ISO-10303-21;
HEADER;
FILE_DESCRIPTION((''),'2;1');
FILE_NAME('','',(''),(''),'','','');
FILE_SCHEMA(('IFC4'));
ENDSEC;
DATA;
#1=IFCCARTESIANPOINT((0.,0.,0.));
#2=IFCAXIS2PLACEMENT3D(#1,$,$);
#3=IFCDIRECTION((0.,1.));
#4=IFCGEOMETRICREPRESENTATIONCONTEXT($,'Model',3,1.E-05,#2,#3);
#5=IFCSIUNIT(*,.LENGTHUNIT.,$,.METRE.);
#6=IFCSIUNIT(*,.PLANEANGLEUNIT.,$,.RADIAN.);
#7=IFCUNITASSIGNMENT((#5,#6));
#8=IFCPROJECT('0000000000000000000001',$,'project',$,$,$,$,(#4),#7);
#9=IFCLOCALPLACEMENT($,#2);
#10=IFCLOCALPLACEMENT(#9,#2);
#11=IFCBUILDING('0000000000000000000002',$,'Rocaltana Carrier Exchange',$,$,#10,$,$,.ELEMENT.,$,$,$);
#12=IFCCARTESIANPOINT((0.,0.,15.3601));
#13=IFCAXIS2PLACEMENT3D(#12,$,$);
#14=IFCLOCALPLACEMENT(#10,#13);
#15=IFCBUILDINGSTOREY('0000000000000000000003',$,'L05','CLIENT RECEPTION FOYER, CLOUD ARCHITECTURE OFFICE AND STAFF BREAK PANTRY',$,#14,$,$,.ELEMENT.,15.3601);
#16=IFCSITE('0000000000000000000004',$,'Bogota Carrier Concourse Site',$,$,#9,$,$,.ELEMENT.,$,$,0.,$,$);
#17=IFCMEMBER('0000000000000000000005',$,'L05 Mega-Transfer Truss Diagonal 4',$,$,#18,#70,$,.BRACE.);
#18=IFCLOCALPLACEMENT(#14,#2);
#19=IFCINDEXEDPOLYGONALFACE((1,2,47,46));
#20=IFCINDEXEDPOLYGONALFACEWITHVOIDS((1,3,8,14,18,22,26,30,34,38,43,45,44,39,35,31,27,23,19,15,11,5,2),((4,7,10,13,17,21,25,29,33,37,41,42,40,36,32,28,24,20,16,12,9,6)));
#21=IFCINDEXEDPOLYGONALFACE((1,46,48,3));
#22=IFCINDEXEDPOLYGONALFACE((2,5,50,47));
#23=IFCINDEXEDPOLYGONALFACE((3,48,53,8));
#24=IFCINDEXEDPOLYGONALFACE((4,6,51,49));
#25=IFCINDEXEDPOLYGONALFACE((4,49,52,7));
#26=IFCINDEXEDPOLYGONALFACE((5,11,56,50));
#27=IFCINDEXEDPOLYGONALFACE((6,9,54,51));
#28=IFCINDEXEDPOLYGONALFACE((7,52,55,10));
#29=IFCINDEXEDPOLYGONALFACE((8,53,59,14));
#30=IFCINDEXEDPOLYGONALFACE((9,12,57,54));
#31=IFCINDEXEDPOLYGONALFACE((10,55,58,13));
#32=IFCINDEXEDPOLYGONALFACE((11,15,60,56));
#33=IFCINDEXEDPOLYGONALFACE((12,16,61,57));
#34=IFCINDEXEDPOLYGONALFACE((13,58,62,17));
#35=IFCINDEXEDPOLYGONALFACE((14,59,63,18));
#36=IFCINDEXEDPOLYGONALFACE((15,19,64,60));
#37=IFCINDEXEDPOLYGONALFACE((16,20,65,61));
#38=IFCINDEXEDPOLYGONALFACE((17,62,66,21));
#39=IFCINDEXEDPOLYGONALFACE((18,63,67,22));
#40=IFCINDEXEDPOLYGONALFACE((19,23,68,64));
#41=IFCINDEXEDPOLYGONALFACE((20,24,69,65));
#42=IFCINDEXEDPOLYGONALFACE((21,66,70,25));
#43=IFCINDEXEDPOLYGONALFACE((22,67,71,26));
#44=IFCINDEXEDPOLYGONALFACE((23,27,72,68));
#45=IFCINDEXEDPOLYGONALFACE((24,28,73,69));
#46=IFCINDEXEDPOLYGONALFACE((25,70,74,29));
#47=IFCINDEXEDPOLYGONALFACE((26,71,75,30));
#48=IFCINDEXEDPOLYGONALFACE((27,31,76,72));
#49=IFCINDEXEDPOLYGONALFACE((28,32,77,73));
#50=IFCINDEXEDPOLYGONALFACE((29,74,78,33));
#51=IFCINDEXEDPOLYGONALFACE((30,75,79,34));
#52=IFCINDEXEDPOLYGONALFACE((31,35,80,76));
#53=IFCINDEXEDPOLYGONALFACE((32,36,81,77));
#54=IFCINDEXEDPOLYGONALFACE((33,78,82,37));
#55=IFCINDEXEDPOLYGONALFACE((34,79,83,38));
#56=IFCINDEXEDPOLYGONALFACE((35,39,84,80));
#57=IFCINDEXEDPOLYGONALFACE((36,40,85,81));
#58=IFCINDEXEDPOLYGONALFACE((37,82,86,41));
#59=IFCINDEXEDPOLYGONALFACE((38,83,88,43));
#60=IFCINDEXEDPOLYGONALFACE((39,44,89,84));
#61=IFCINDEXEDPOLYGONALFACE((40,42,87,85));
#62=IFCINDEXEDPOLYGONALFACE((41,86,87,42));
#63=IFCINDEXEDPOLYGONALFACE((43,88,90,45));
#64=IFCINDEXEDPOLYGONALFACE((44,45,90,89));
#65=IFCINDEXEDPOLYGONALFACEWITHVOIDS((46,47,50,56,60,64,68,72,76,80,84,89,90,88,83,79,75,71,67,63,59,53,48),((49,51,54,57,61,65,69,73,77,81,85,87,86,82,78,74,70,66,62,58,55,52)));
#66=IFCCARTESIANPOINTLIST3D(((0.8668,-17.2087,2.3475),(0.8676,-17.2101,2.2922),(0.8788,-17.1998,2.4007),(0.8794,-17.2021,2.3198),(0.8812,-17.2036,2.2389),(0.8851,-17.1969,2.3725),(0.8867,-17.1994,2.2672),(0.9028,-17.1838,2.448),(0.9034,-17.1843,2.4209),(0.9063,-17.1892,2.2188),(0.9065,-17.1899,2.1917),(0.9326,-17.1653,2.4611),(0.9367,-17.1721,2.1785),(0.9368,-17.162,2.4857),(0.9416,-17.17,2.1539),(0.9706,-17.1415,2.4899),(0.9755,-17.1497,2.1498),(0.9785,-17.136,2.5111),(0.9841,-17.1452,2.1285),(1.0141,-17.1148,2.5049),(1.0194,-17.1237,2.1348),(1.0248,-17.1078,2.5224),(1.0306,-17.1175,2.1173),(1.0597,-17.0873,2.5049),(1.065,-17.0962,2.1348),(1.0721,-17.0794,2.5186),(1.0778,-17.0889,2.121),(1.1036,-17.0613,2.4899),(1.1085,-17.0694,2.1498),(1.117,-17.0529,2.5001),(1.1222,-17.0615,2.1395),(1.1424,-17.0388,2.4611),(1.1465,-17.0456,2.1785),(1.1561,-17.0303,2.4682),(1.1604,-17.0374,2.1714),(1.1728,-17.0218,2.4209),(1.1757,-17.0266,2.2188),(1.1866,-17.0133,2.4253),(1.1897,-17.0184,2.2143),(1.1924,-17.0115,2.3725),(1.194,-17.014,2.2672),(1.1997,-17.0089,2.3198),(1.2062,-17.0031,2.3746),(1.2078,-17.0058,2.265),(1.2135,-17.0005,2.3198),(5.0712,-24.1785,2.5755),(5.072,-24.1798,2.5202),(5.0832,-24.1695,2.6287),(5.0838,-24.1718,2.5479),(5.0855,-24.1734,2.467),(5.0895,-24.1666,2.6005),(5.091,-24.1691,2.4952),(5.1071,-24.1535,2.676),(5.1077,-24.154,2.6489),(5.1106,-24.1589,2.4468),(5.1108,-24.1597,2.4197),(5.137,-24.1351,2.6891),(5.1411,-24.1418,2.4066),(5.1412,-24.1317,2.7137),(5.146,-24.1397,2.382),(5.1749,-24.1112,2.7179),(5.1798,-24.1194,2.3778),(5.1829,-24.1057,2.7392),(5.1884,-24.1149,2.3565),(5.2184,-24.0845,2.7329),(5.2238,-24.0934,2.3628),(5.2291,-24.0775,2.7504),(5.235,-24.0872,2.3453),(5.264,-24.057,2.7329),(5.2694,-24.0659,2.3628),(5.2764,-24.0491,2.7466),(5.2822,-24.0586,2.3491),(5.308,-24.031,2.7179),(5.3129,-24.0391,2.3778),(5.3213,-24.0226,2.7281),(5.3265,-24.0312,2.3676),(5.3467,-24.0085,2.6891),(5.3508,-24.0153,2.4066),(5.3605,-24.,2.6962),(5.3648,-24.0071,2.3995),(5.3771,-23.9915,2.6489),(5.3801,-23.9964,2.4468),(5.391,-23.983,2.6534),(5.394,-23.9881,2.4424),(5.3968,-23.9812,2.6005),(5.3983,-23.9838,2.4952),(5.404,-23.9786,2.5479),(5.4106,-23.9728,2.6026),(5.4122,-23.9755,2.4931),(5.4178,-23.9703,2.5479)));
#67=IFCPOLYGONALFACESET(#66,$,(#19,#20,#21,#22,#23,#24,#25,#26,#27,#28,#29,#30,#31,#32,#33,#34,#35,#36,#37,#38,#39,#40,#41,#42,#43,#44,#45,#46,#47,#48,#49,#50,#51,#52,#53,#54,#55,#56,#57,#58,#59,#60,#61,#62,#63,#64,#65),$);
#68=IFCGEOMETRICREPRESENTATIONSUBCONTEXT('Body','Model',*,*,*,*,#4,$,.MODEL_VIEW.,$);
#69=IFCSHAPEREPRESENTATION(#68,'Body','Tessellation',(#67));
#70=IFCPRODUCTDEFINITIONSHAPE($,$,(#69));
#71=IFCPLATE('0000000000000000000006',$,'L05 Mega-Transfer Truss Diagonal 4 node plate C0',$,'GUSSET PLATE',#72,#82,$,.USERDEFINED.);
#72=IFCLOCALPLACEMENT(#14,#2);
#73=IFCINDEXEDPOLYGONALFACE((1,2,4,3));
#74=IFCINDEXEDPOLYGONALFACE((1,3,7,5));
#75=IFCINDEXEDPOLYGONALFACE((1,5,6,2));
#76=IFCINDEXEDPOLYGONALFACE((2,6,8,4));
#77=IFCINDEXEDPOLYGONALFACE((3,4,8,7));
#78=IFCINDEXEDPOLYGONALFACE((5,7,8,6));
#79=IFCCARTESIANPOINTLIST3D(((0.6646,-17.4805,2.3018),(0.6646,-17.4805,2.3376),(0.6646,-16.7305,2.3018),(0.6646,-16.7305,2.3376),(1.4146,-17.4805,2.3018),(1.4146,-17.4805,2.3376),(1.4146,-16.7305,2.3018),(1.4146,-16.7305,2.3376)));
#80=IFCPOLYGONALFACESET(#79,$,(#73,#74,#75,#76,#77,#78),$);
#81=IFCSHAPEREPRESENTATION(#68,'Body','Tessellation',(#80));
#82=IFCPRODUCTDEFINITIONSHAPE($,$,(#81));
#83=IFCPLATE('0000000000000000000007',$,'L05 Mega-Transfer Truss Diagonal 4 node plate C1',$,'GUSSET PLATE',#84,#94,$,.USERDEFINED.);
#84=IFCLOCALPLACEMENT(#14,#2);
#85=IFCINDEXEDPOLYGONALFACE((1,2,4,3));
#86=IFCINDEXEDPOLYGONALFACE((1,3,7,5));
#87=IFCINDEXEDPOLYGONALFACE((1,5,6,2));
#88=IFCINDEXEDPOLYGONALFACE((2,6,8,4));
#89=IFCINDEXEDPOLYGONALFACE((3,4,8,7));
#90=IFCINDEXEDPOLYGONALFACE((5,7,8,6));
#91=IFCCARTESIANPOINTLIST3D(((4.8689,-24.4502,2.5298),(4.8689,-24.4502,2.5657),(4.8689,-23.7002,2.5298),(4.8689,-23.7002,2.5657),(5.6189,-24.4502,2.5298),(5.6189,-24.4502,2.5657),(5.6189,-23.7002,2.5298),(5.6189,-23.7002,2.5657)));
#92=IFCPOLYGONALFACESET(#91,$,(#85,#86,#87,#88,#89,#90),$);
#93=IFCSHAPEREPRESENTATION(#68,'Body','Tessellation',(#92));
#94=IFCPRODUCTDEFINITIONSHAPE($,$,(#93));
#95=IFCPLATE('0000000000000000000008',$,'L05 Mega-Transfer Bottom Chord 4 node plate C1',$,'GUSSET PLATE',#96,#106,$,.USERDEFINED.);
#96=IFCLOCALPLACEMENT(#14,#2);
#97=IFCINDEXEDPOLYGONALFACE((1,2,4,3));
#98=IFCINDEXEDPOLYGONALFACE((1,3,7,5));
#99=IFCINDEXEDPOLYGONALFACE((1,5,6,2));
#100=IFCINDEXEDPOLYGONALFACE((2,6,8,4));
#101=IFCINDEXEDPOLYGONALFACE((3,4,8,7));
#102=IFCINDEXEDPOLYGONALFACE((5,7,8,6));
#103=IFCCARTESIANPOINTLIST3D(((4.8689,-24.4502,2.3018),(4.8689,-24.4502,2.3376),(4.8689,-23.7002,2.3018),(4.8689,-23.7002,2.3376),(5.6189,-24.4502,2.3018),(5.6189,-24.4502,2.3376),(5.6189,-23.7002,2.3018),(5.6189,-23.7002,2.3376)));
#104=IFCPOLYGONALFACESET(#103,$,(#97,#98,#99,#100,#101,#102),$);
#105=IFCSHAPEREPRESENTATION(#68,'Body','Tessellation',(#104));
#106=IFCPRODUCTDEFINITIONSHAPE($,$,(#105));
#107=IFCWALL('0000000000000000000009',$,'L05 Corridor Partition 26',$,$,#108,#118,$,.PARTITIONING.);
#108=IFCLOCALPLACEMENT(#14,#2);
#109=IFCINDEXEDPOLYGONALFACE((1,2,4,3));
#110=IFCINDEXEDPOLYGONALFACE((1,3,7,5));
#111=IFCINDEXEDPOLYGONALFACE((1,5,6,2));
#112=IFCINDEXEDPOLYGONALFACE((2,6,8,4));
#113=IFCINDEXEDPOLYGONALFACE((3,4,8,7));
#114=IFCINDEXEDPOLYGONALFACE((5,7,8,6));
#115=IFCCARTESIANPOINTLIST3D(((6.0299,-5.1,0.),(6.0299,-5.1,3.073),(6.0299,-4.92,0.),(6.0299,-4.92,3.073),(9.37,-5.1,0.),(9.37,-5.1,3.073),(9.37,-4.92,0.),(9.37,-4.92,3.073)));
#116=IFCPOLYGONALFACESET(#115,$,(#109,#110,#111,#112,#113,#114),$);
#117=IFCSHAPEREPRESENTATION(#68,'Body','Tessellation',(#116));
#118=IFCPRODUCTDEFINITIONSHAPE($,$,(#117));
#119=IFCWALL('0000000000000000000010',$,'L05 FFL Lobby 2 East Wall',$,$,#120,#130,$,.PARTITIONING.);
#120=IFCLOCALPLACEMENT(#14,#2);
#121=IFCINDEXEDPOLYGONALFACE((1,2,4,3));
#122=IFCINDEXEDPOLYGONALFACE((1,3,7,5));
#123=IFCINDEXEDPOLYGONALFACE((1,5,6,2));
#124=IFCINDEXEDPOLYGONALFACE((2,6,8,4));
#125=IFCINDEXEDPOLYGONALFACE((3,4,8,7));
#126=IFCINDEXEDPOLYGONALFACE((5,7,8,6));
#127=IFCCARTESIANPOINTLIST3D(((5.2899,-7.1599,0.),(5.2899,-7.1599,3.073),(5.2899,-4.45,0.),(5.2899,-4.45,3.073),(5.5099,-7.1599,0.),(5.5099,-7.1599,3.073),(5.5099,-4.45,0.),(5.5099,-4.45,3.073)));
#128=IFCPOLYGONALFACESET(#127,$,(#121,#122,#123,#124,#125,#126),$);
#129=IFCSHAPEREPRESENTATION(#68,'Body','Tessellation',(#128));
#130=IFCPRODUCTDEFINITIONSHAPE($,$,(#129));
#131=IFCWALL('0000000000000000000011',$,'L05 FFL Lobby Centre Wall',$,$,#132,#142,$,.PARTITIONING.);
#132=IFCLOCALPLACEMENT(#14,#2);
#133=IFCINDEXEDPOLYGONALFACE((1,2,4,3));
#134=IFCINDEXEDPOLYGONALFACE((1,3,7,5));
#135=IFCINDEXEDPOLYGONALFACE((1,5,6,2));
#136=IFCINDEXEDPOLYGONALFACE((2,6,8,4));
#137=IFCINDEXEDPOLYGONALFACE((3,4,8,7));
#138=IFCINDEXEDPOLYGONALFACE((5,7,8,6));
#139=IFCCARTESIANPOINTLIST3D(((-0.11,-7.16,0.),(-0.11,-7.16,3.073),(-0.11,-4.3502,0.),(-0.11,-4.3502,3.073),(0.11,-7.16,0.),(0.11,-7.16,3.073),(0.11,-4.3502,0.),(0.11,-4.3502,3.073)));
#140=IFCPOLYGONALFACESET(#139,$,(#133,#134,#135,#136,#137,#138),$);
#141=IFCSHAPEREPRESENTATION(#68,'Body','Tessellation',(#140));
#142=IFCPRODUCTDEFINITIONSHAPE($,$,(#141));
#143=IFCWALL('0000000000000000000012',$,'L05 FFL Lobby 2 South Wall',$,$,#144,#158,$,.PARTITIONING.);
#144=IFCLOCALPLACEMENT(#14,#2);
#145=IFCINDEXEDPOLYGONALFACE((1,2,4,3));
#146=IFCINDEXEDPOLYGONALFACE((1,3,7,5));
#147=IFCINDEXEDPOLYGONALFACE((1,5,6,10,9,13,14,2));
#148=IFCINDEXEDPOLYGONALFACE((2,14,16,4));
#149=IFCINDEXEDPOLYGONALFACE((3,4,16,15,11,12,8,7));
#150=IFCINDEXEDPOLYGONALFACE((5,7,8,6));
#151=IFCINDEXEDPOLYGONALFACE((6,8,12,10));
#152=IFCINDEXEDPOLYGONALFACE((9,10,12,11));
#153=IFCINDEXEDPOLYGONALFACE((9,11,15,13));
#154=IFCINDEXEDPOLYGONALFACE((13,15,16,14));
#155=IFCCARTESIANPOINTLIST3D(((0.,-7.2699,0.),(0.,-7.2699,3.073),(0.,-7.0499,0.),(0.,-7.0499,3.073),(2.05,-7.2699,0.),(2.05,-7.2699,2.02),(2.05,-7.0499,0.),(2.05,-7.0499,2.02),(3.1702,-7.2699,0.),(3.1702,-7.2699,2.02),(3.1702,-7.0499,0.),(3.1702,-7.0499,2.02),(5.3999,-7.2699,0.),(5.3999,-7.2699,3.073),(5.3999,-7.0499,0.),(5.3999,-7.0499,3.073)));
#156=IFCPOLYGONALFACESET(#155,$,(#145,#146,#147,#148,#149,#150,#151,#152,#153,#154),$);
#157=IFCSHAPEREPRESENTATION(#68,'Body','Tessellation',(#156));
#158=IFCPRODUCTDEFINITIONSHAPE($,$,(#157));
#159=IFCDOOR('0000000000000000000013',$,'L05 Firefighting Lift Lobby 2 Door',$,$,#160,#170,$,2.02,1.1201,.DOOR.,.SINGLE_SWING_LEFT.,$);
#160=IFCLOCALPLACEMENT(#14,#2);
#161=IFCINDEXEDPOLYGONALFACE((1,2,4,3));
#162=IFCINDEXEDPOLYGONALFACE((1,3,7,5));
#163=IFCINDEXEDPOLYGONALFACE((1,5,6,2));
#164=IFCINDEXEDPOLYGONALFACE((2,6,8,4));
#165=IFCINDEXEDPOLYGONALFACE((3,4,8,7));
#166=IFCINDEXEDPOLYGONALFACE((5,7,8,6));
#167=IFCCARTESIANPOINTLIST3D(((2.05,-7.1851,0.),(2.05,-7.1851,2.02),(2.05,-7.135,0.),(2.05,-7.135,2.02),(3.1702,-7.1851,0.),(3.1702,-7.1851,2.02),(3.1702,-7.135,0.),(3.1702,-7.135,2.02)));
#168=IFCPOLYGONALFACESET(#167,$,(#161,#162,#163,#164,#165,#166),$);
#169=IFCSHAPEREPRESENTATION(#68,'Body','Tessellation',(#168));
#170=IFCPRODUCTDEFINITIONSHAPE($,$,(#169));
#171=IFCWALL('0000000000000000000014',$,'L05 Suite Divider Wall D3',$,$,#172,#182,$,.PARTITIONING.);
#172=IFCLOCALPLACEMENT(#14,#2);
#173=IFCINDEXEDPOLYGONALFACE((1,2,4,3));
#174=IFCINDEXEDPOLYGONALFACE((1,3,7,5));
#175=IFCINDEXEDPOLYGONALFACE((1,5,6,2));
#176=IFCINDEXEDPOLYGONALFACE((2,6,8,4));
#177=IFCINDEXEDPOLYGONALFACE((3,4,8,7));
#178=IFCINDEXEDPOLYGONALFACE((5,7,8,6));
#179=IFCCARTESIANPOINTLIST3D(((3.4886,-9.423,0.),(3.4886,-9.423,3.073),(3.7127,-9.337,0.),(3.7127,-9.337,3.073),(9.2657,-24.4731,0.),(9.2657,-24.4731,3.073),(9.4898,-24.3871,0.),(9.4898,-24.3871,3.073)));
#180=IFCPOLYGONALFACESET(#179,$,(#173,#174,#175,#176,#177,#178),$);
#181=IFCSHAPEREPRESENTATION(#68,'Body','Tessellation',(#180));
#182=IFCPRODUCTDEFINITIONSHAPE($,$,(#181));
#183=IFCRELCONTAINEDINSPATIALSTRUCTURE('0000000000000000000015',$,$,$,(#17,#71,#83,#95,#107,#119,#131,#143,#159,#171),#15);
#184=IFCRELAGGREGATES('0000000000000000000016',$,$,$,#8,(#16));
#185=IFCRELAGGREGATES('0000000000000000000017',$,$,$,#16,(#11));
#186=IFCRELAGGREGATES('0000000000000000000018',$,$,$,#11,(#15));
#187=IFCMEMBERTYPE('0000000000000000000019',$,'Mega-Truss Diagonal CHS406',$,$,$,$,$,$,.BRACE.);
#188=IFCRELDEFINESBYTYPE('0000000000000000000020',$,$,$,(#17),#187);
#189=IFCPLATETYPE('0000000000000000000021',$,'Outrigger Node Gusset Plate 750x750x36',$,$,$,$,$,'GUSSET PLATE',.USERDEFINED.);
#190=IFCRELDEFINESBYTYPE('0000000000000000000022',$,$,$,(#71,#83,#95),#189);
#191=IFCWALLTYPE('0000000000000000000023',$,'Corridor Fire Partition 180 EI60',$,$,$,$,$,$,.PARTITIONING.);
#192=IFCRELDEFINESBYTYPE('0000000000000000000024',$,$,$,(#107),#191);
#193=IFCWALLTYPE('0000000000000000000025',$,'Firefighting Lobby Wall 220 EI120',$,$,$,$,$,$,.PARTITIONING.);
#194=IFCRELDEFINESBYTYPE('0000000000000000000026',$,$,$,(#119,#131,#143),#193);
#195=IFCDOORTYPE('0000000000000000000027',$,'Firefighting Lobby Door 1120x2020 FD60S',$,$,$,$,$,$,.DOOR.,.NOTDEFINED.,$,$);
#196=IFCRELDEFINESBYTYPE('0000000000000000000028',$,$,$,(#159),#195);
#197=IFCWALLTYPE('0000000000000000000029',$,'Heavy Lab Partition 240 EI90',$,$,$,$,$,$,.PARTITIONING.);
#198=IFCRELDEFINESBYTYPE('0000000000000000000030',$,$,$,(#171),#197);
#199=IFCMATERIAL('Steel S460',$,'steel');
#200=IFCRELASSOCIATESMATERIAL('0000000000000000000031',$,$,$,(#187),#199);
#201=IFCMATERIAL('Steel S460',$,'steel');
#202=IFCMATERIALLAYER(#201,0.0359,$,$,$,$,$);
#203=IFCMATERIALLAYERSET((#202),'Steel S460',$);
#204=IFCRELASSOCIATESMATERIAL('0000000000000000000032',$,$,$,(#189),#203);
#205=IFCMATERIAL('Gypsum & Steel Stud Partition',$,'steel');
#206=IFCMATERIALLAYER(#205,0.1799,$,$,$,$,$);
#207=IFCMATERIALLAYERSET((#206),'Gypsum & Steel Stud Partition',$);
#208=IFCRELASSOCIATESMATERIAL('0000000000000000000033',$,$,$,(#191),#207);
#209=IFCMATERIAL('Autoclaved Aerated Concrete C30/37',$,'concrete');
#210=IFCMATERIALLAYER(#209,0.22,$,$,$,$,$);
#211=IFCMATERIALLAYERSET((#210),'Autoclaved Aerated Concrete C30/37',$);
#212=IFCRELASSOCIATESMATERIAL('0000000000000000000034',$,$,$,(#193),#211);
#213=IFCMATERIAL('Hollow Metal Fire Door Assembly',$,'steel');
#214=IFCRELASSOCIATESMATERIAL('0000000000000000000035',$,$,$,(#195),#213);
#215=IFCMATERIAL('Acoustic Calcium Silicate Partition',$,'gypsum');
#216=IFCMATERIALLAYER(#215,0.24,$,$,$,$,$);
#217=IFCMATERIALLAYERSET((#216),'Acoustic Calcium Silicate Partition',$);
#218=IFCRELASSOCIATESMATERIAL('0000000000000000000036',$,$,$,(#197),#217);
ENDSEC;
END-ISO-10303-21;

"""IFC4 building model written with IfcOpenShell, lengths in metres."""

from ifc_helpers import new_model, si_unit, direction, frame, frame_2d, origin, origin_2d, place, context, subcontext, project, spatial, rectangle, hollow_circle, extrude, material, layer, layer_set, material_profile, profile_set, type_object, element, fill, save


model = new_model("IFC4")

# Units and contexts
model_context = context("Model", 3, precision=1e-05, world=origin(), true_north=direction((0.0, 1.0)))
body_context = subcontext(model_context, "Body", "Model", "MODEL_VIEW")
ifc_project = project(units=[si_unit("LENGTHUNIT", "METRE"), si_unit("PLANEANGLEUNIT", "RADIAN")], contexts=[model_context])

# Site, building, storey
site_placement = place(None, origin())
site = spatial("IfcSite", under=ifc_project, at=site_placement, Name="Bogota Carrier Concourse Site", CompositionType="ELEMENT", RefElevation=0.0)
building_placement = place(site_placement, origin())
building = spatial("IfcBuilding", under=site, at=building_placement, Name="Rocaltana Carrier Exchange", CompositionType="ELEMENT")
storey_placement = place(building_placement, frame((0.0, 0.0, 15.3601)))
storey = spatial("IfcBuildingStorey", under=building, at=storey_placement, Name="L05", Description="CLIENT RECEPTION FOYER, CLOUD ARCHITECTURE OFFICE AND STAFF BREAK PANTRY", CompositionType="ELEMENT", Elevation=15.3601)

# Member
ifc_material_1 = material(Name="Steel S460", Category="steel")
ifc_material_profile_1 = material_profile(ifc_material_1, hollow_circle(Radius=0.2031, WallThickness=0.0161, at=origin_2d()), Name="CHS406.4X16")
ifc_profile_set_1 = profile_set([ifc_material_profile_1], Name="Steel S460")
member_type_1 = type_object("IfcMemberType", Name="Mega-Truss Diagonal CHS406", PredefinedType="BRACE", material=ifc_profile_set_1)
member_1_placement = place(storey_placement, frame((1.0396, -17.1055, 2.3198), z_axis=(0.516325, -0.855935, 0.028003), x_axis=(0.85627, 0.516528, 0.0)))
element("IfcMember", 1, at=member_1_placement, inside=storey, type_object=member_type_1, Name="L05 Mega-Transfer Truss Diagonal 4", PredefinedType="BRACE", context=body_context, shape_type="SweptSolid", body=[
    extrude(hollow_circle(Radius=0.2031, WallThickness=0.0161, at=origin_2d()), origin(), (0.0, 0.0, 1.0), 8.1428),
])

# Plates
ifc_material_2 = material(Name="Steel S460", Category="steel")
ifc_layer_1 = layer(ifc_material_2, 0.0359)
ifc_layer_set_1 = layer_set([ifc_layer_1], Name="Steel S460")
plate_type = type_object("IfcPlateType", Name="Outrigger Node Gusset Plate 750x750x36", ElementType="GUSSET PLATE", PredefinedType="USERDEFINED", material=ifc_layer_set_1)
for number, where, z_axis, x_axis, name in (
    (2, (1.0396, -17.1055, 2.3018), (0.0, 0.0, 1.0), (1.0, 0.0, 0.0), "L05 Mega-Transfer Truss Diagonal 4 node plate C0"),
    (3, (5.2439, -24.0752, 2.5298), (0.0, 0.0, 1.0), (1.0, 0.0, 0.0), "L05 Mega-Transfer Truss Diagonal 4 node plate C1"),
    (4, (5.2439, -24.0752, 2.3018), (0.0, 0.0, 1.0), (1.0, 0.0, 0.0), "L05 Mega-Transfer Bottom Chord 4 node plate C1"),
):
    element("IfcPlate", number, at=place(storey_placement, frame(where, z_axis=z_axis, x_axis=x_axis)), inside=storey, type_object=plate_type, Name=name, ObjectType="GUSSET PLATE", PredefinedType="USERDEFINED", context=body_context, shape_type="SweptSolid", body=[
        extrude(rectangle(XDim=0.75, YDim=0.75, at=origin_2d()), origin(), (0.0, 0.0, 1.0), 0.0359),
    ])

# Walls
ifc_material_3 = material(Name="Gypsum & Steel Stud Partition", Category="steel")
ifc_layer_2 = layer(ifc_material_3, 0.1799)
ifc_layer_set_2 = layer_set([ifc_layer_2], Name="Gypsum & Steel Stud Partition")
wall_type_1 = type_object("IfcWallType", Name="Corridor Fire Partition 180 EI60", PredefinedType="PARTITIONING", material=ifc_layer_set_2)
wall_1_placement = place(storey_placement, frame((6.03, -5.01, 0.0), z_axis=(0.0, 0.0, 1.0), x_axis=(1.0, 0.0, 0.0)))
element("IfcWall", 5, at=wall_1_placement, inside=storey, type_object=wall_type_1, Name="L05 Corridor Partition 26", PredefinedType="PARTITIONING", context=body_context, shape_type="SweptSolid", body=[
    extrude(rectangle(XDim=3.3401, YDim=0.1799, at=frame_2d((1.6699, 0.0))), origin(), (0.0, 0.0, 1.0), 3.073),
])
ifc_material_4 = material(Name="Autoclaved Aerated Concrete C30/37", Category="concrete")
ifc_layer_3 = layer(ifc_material_4, 0.22)
ifc_layer_set_3 = layer_set([ifc_layer_3], Name="Autoclaved Aerated Concrete C30/37")
wall_type_2 = type_object("IfcWallType", Name="Firefighting Lobby Wall 220 EI120", PredefinedType="PARTITIONING", material=ifc_layer_set_3)
wall_2_placement = place(storey_placement, frame((5.3999, -7.1599, 0.0), z_axis=(0.0, 0.0, 1.0), x_axis=(0.0, 1.0, 0.0)))
element("IfcWall", 6, at=wall_2_placement, inside=storey, type_object=wall_type_2, Name="L05 FFL Lobby 2 East Wall", PredefinedType="PARTITIONING", context=body_context, shape_type="SweptSolid", body=[
    extrude(rectangle(XDim=2.71, YDim=0.22, at=frame_2d((1.355, 0.0))), origin(), (0.0, 0.0, 1.0), 3.073),
])
wall_3_placement = place(storey_placement, frame((0.0, -7.1599, 0.0), z_axis=(0.0, 0.0, 1.0), x_axis=(0.0, 1.0, 0.0)))
element("IfcWall", 7, at=wall_3_placement, inside=storey, type_object=wall_type_2, Name="L05 FFL Lobby Centre Wall", PredefinedType="PARTITIONING", context=body_context, shape_type="SweptSolid", body=[
    extrude(rectangle(XDim=2.8098, YDim=0.22, at=frame_2d((1.4048, 0.0))), origin(), (0.0, 0.0, 1.0), 3.073),
])

# Wall, opening, door
wall_4_placement = place(storey_placement, frame((0.0, -7.1599, 0.0), z_axis=(0.0, 0.0, 1.0), x_axis=(1.0, 0.0, 0.0)))
wall_4 = element("IfcWall", 8, at=wall_4_placement, inside=storey, type_object=wall_type_2, Name="L05 FFL Lobby 2 South Wall", PredefinedType="PARTITIONING", context=body_context, shape_type="SweptSolid", body=[
    extrude(rectangle(XDim=5.3999, YDim=0.22, at=frame_2d((2.7, 0.0))), origin(), (0.0, 0.0, 1.0), 3.073),
])
opening_1_placement = place(wall_4_placement, frame((2.05, 0.0, 0.0)))
opening_1 = element("IfcOpeningElement", 9, at=opening_1_placement, cuts=wall_4, PredefinedType="OPENING", context=body_context, shape_type="SweptSolid", body=[
    extrude(rectangle(XDim=1.1201, YDim=2.02, at=frame_2d((0.5601, 1.01))), frame((0.0, 0.1199, 0.0), z_axis=(0.0, -1.0, 0.0), x_axis=(1.0, 0.0, 0.0)), (0.0, 0.0, 1.0), 0.24),
])
ifc_material_5 = material(Name="Hollow Metal Fire Door Assembly", Category="steel")
door_type = type_object("IfcDoorType", Name="Firefighting Lobby Door 1120x2020 FD60S", OperationType="NOTDEFINED", PredefinedType="DOOR", material=ifc_material_5)
door_placement = place(opening_1_placement, origin())
door = element("IfcDoor", 10, at=door_placement, inside=storey, type_object=door_type, Name="L05 Firefighting Lift Lobby 2 Door", OperationType="SINGLE_SWING_LEFT", OverallHeight=2.02, OverallWidth=1.1201, PredefinedType="DOOR", context=body_context, shape_type="SweptSolid", body=[
    extrude(rectangle(XDim=1.1201, YDim=2.02, at=frame_2d((0.5601, 1.01))), frame((0.0, 0.0249, 0.0), z_axis=(0.0, -1.0, 0.0), x_axis=(1.0, 0.0, 0.0)), (0.0, 0.0, 1.0), 0.05),
])
fill(opening_1, door)

# Wall
ifc_material_6 = material(Name="Acoustic Calcium Silicate Partition", Category="gypsum")
ifc_layer_4 = layer(ifc_material_6, 0.24)
ifc_layer_set_4 = layer_set([ifc_layer_4], Name="Acoustic Calcium Silicate Partition")
wall_type_3 = type_object("IfcWallType", Name="Heavy Lab Partition 240 EI90", PredefinedType="PARTITIONING", material=ifc_layer_set_4)
wall_5_placement = place(storey_placement, frame((3.6006, -9.3799, 0.0), z_axis=(0.0, 0.0, 1.0), x_axis=(0.358364, -0.933582, 0.0)))
element("IfcWall", 11, at=wall_5_placement, inside=storey, type_object=wall_type_3, Name="L05 Suite Divider Wall D3", PredefinedType="PARTITIONING", context=body_context, shape_type="SweptSolid", body=[
    extrude(rectangle(XDim=16.1208, YDim=0.24, at=frame_2d((8.0605, 0.0))), origin(), (0.0, 0.0, 1.0), 3.073),
])

save(model, "model.ifc")
